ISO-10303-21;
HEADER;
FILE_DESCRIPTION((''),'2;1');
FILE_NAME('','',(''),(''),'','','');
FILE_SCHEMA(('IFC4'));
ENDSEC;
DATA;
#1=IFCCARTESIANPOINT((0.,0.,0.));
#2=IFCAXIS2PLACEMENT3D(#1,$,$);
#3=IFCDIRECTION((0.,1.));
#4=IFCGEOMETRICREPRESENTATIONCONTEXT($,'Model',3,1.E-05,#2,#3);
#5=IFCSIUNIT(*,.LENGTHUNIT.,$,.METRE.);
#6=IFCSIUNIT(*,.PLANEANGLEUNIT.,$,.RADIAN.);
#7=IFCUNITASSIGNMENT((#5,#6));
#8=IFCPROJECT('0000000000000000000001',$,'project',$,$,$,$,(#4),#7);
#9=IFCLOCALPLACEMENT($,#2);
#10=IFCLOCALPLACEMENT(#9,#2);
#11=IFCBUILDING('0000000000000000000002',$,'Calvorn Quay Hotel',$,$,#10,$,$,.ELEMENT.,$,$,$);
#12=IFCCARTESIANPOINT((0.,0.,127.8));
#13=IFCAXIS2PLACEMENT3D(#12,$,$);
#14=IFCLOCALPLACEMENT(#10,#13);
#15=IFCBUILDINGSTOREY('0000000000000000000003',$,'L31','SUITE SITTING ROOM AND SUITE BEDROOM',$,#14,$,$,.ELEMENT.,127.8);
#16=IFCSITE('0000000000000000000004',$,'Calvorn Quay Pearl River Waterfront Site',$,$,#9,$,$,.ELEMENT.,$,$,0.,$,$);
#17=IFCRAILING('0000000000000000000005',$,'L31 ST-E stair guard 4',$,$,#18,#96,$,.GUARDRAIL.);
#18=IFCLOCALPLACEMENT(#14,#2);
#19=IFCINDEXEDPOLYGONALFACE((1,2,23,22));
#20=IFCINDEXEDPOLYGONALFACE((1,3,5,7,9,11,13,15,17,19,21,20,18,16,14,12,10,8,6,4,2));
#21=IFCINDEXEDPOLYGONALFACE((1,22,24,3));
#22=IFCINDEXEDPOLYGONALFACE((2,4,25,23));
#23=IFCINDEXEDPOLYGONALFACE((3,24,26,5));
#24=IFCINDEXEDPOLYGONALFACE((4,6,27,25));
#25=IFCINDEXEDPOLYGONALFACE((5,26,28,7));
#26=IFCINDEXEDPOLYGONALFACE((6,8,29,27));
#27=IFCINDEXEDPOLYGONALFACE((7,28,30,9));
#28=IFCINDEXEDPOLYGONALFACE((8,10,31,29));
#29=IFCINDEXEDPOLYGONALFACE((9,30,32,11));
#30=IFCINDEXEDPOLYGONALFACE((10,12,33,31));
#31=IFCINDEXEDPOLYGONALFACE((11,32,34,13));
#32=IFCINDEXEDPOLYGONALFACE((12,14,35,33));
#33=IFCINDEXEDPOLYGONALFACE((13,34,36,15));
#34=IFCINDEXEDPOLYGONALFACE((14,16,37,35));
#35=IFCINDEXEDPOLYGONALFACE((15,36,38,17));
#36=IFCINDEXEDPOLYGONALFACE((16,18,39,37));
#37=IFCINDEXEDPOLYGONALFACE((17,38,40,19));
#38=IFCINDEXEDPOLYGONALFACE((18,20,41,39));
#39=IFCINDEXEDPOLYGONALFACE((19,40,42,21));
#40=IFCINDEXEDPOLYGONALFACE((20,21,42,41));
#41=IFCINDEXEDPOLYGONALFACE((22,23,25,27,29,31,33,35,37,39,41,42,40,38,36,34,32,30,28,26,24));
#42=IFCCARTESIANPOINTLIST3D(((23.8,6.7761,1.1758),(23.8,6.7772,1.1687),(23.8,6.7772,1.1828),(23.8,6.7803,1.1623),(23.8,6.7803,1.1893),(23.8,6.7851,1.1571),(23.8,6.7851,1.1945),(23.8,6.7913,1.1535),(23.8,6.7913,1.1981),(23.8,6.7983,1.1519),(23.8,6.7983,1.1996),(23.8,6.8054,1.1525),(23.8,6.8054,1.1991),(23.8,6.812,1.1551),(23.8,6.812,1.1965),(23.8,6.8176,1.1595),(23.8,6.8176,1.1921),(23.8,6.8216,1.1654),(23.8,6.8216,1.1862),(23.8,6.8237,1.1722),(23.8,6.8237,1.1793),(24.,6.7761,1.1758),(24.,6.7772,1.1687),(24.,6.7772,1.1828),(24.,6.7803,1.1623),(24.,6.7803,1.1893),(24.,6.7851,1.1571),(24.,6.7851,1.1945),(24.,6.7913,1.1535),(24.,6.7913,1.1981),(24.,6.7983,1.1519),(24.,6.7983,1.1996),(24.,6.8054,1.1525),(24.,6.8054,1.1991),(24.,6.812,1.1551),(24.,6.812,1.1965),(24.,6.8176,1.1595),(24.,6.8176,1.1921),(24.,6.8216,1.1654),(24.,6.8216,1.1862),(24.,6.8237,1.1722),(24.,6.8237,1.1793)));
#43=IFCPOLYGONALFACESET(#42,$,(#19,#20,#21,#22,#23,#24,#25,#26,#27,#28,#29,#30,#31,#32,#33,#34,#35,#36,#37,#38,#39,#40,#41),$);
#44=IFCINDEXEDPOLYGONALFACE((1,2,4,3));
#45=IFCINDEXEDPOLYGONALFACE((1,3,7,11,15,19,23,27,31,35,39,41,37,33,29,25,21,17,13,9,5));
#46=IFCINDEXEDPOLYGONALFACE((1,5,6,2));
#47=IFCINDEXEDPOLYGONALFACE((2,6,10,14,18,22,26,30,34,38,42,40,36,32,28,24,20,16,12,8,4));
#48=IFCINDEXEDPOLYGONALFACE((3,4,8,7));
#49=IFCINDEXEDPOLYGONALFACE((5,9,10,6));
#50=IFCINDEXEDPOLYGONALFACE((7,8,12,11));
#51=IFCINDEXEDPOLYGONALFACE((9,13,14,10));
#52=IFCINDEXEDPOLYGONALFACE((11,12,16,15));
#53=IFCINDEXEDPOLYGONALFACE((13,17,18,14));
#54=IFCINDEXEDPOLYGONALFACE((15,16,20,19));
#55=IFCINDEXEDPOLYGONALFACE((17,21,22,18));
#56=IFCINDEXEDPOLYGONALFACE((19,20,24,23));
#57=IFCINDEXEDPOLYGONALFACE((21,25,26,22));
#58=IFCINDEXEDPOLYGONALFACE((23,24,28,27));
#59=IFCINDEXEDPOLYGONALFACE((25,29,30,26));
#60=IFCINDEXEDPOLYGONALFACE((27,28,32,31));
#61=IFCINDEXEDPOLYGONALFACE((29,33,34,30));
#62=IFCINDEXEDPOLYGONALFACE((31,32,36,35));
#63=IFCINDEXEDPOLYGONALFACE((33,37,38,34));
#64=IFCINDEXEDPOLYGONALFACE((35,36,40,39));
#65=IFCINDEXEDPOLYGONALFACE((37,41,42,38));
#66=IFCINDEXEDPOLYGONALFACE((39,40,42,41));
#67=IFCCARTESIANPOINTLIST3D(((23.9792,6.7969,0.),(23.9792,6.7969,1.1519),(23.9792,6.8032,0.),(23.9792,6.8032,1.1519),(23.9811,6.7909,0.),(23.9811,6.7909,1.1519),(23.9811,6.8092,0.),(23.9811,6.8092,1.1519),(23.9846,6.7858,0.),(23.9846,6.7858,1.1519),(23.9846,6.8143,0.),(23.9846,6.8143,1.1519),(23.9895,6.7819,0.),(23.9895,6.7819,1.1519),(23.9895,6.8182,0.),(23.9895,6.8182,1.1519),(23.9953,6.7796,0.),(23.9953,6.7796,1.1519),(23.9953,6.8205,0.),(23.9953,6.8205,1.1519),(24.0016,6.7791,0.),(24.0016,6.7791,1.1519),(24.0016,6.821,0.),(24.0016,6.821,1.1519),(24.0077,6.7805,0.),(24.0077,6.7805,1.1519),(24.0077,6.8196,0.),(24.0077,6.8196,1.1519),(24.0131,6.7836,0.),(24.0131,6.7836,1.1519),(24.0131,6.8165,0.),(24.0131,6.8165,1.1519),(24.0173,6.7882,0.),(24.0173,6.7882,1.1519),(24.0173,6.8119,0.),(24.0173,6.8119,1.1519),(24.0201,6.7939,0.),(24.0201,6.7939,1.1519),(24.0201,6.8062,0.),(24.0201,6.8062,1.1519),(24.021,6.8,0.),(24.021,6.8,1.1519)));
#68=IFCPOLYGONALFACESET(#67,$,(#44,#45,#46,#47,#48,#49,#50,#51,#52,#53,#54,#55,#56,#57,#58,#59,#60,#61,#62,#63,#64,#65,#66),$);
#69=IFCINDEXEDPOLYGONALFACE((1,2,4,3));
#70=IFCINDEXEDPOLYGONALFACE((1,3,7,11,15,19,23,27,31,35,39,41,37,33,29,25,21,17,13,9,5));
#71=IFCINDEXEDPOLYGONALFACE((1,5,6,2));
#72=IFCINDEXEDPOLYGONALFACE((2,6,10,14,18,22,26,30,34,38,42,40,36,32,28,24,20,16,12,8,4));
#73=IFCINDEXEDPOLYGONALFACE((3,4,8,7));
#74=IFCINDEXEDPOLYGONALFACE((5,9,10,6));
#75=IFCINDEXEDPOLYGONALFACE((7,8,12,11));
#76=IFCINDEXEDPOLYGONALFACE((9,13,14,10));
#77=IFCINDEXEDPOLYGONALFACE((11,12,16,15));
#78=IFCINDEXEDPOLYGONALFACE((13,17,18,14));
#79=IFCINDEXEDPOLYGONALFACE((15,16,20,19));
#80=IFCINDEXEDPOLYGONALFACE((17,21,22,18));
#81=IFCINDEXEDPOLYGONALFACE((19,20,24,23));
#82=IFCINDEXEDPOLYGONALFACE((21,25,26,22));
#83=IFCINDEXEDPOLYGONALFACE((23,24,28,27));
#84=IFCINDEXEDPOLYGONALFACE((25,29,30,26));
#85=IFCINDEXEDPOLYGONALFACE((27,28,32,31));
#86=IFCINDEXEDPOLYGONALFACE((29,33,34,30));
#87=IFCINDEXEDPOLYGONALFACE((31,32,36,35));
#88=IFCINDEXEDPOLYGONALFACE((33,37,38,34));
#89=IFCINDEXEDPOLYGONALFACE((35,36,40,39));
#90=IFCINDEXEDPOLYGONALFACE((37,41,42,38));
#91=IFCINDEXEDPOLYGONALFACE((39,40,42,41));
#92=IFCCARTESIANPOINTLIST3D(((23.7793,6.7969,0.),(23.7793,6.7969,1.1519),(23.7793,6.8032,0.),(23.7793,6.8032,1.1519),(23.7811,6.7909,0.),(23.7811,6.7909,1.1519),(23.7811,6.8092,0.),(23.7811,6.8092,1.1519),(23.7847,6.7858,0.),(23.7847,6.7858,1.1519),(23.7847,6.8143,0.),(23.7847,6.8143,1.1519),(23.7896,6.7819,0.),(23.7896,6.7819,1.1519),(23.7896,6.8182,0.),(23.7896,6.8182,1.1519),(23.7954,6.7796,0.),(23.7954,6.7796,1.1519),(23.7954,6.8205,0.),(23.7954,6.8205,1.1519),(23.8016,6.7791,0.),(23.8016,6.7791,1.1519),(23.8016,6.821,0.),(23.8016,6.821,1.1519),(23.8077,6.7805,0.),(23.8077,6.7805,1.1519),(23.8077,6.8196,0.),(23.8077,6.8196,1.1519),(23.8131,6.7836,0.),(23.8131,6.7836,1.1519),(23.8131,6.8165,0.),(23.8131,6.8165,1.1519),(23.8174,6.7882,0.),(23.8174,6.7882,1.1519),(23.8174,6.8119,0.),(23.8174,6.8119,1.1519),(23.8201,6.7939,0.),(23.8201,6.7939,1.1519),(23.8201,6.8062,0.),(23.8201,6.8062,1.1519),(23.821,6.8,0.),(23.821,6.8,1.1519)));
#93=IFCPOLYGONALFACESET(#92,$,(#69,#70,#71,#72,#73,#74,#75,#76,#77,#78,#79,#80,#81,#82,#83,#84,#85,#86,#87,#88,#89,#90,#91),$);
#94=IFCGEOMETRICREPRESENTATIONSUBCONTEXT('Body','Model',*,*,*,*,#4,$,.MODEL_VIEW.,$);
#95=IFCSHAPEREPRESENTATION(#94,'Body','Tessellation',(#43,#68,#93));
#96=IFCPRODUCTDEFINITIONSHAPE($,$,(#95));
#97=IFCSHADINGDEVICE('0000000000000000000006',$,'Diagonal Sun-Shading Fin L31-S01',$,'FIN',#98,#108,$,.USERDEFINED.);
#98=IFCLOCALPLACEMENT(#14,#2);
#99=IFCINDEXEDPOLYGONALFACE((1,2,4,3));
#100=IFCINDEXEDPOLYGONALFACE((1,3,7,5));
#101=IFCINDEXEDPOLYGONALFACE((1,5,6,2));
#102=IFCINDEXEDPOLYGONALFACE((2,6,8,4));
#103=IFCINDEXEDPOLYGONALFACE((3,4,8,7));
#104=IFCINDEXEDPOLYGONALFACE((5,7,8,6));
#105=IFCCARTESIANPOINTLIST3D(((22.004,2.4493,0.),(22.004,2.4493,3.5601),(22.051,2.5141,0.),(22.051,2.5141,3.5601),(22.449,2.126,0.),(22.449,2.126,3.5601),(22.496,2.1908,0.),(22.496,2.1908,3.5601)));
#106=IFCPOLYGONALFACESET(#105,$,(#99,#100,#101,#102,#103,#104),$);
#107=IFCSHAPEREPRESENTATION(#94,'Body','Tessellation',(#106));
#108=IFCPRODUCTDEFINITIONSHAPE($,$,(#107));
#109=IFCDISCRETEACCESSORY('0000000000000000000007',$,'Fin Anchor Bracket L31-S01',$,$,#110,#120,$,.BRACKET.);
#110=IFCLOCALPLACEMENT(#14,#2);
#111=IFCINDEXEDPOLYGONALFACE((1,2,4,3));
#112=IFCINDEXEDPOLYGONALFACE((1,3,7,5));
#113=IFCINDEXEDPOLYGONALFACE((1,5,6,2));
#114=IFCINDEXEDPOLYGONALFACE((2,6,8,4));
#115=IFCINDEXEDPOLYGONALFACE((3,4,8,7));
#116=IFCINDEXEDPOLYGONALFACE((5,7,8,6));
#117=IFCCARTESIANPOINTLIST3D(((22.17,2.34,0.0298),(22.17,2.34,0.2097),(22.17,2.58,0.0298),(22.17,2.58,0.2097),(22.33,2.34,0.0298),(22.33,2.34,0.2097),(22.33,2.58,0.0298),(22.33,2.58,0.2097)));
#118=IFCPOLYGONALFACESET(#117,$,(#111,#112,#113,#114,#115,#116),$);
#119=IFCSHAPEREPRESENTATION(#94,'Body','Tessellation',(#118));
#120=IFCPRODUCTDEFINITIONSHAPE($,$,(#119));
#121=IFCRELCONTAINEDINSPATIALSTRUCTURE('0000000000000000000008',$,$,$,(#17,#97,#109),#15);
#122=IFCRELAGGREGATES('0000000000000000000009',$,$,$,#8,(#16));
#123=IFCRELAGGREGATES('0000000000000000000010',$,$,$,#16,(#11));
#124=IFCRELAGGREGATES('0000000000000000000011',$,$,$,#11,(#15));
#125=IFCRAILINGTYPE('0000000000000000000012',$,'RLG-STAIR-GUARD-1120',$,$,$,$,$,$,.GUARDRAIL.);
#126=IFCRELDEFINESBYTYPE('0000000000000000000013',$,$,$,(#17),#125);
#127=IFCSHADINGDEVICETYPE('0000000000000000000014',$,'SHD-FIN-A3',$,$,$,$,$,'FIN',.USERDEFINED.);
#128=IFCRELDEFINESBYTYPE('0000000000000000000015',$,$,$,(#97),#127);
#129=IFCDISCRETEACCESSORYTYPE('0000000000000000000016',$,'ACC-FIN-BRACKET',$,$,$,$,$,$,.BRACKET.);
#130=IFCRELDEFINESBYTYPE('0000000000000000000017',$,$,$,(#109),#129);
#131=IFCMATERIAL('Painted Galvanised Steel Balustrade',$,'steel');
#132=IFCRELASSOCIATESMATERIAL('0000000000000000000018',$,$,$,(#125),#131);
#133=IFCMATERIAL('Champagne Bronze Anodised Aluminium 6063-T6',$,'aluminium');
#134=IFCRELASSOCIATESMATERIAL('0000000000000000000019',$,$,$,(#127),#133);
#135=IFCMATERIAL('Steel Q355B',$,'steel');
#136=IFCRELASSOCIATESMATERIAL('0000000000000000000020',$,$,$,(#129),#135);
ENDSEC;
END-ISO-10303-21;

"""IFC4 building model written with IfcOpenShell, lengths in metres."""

from ifc_helpers import new_model, si_unit, direction, frame, origin, origin_2d, place, context, subcontext, project, spatial, rectangle, circle, extrude, material, type_object, element, save


model = new_model("IFC4")

# Units and contexts
model_context = context("Model", 3, precision=1e-05, world=origin(), true_north=direction((0.0, 1.0)))
body_context = subcontext(model_context, "Body", "Model", "MODEL_VIEW")
ifc_project = project(units=[si_unit("LENGTHUNIT", "METRE"), si_unit("PLANEANGLEUNIT", "RADIAN")], contexts=[model_context])

# Site, building, storey
site_placement = place(None, origin())
site = spatial("IfcSite", under=ifc_project, at=site_placement, Name="Calvorn Quay Pearl River Waterfront Site", CompositionType="ELEMENT", RefElevation=0.0)
building_placement = place(site_placement, origin())
building = spatial("IfcBuilding", under=site, at=building_placement, Name="Calvorn Quay Hotel", CompositionType="ELEMENT")
storey_placement = place(building_placement, frame((0.0, 0.0, 127.8)))
storey = spatial("IfcBuildingStorey", under=building, at=storey_placement, Name="L31", Description="SUITE SITTING ROOM AND SUITE BEDROOM", CompositionType="ELEMENT", Elevation=127.8)

# Railing
ifc_material_1 = material(Name="Painted Galvanised Steel Balustrade", Category="steel")
railing_type_1 = type_object("IfcRailingType", Name="RLG-STAIR-GUARD-1120", PredefinedType="GUARDRAIL", material=ifc_material_1)
railing_1_placement = place(storey_placement, frame((24.0, 6.8, 0.0)))
element("IfcRailing", 1, at=railing_1_placement, inside=storey, type_object=railing_type_1, Name="L31 ST-E stair guard 4", PredefinedType="GUARDRAIL", context=body_context, shape_type="SweptSolid", body=[
    extrude(circle(Radius=0.0239, at=origin_2d()), frame((0.0, 0.0, 1.1758), z_axis=(-1.0, 0.0, 0.0), x_axis=(0.0, -1.0, 0.0)), (0.0, 0.0, 1.0), 0.2),
    extrude(circle(Radius=0.021, at=origin_2d()), origin(), (0.0, 0.0, 1.0), 1.1519),
    extrude(circle(Radius=0.021, at=origin_2d()), frame((-0.2, 0.0, 0.0)), (0.0, 0.0, 1.0), 1.1519),
])

# Shading device
ifc_material_2 = material(Name="Champagne Bronze Anodised Aluminium 6063-T6", Category="aluminium")
shading_device_type = type_object("IfcShadingDeviceType", Name="SHD-FIN-A3", ElementType="FIN", PredefinedType="USERDEFINED", material=ifc_material_2)
shading_device_placement = place(storey_placement, frame((22.25, 2.3201, 0.0), z_axis=(0.0, 0.0, 1.0), x_axis=(-0.809017, 0.587785, 0.0)))
element("IfcShadingDevice", 2, at=shading_device_placement, inside=storey, type_object=shading_device_type, Name="Diagonal Sun-Shading Fin L31-S01", ObjectType="FIN", PredefinedType="USERDEFINED", context=body_context, shape_type="SweptSolid", body=[
    extrude(rectangle(XDim=0.55, YDim=0.0801, at=origin_2d()), origin(), (0.0, 0.0, 1.0), 3.5601),
])

# Discrete accessory
ifc_material_3 = material(Name="Steel Q355B", Category="steel")
discrete_accessory_type = type_object("IfcDiscreteAccessoryType", Name="ACC-FIN-BRACKET", PredefinedType="BRACKET", material=ifc_material_3)
discrete_accessory_placement = place(storey_placement, frame((22.25, 2.46, 0.0298), z_axis=(0.0, 0.0, 1.0), x_axis=(0.0, 1.0, 0.0)))
element("IfcDiscreteAccessory", 3, at=discrete_accessory_placement, inside=storey, type_object=discrete_accessory_type, Name="Fin Anchor Bracket L31-S01", PredefinedType="BRACKET", context=body_context, shape_type="SweptSolid", body=[
    extrude(rectangle(XDim=0.24, YDim=0.1599, at=origin_2d()), origin(), (0.0, 0.0, 1.0), 0.1799),
])

save(model, "model.ifc")
